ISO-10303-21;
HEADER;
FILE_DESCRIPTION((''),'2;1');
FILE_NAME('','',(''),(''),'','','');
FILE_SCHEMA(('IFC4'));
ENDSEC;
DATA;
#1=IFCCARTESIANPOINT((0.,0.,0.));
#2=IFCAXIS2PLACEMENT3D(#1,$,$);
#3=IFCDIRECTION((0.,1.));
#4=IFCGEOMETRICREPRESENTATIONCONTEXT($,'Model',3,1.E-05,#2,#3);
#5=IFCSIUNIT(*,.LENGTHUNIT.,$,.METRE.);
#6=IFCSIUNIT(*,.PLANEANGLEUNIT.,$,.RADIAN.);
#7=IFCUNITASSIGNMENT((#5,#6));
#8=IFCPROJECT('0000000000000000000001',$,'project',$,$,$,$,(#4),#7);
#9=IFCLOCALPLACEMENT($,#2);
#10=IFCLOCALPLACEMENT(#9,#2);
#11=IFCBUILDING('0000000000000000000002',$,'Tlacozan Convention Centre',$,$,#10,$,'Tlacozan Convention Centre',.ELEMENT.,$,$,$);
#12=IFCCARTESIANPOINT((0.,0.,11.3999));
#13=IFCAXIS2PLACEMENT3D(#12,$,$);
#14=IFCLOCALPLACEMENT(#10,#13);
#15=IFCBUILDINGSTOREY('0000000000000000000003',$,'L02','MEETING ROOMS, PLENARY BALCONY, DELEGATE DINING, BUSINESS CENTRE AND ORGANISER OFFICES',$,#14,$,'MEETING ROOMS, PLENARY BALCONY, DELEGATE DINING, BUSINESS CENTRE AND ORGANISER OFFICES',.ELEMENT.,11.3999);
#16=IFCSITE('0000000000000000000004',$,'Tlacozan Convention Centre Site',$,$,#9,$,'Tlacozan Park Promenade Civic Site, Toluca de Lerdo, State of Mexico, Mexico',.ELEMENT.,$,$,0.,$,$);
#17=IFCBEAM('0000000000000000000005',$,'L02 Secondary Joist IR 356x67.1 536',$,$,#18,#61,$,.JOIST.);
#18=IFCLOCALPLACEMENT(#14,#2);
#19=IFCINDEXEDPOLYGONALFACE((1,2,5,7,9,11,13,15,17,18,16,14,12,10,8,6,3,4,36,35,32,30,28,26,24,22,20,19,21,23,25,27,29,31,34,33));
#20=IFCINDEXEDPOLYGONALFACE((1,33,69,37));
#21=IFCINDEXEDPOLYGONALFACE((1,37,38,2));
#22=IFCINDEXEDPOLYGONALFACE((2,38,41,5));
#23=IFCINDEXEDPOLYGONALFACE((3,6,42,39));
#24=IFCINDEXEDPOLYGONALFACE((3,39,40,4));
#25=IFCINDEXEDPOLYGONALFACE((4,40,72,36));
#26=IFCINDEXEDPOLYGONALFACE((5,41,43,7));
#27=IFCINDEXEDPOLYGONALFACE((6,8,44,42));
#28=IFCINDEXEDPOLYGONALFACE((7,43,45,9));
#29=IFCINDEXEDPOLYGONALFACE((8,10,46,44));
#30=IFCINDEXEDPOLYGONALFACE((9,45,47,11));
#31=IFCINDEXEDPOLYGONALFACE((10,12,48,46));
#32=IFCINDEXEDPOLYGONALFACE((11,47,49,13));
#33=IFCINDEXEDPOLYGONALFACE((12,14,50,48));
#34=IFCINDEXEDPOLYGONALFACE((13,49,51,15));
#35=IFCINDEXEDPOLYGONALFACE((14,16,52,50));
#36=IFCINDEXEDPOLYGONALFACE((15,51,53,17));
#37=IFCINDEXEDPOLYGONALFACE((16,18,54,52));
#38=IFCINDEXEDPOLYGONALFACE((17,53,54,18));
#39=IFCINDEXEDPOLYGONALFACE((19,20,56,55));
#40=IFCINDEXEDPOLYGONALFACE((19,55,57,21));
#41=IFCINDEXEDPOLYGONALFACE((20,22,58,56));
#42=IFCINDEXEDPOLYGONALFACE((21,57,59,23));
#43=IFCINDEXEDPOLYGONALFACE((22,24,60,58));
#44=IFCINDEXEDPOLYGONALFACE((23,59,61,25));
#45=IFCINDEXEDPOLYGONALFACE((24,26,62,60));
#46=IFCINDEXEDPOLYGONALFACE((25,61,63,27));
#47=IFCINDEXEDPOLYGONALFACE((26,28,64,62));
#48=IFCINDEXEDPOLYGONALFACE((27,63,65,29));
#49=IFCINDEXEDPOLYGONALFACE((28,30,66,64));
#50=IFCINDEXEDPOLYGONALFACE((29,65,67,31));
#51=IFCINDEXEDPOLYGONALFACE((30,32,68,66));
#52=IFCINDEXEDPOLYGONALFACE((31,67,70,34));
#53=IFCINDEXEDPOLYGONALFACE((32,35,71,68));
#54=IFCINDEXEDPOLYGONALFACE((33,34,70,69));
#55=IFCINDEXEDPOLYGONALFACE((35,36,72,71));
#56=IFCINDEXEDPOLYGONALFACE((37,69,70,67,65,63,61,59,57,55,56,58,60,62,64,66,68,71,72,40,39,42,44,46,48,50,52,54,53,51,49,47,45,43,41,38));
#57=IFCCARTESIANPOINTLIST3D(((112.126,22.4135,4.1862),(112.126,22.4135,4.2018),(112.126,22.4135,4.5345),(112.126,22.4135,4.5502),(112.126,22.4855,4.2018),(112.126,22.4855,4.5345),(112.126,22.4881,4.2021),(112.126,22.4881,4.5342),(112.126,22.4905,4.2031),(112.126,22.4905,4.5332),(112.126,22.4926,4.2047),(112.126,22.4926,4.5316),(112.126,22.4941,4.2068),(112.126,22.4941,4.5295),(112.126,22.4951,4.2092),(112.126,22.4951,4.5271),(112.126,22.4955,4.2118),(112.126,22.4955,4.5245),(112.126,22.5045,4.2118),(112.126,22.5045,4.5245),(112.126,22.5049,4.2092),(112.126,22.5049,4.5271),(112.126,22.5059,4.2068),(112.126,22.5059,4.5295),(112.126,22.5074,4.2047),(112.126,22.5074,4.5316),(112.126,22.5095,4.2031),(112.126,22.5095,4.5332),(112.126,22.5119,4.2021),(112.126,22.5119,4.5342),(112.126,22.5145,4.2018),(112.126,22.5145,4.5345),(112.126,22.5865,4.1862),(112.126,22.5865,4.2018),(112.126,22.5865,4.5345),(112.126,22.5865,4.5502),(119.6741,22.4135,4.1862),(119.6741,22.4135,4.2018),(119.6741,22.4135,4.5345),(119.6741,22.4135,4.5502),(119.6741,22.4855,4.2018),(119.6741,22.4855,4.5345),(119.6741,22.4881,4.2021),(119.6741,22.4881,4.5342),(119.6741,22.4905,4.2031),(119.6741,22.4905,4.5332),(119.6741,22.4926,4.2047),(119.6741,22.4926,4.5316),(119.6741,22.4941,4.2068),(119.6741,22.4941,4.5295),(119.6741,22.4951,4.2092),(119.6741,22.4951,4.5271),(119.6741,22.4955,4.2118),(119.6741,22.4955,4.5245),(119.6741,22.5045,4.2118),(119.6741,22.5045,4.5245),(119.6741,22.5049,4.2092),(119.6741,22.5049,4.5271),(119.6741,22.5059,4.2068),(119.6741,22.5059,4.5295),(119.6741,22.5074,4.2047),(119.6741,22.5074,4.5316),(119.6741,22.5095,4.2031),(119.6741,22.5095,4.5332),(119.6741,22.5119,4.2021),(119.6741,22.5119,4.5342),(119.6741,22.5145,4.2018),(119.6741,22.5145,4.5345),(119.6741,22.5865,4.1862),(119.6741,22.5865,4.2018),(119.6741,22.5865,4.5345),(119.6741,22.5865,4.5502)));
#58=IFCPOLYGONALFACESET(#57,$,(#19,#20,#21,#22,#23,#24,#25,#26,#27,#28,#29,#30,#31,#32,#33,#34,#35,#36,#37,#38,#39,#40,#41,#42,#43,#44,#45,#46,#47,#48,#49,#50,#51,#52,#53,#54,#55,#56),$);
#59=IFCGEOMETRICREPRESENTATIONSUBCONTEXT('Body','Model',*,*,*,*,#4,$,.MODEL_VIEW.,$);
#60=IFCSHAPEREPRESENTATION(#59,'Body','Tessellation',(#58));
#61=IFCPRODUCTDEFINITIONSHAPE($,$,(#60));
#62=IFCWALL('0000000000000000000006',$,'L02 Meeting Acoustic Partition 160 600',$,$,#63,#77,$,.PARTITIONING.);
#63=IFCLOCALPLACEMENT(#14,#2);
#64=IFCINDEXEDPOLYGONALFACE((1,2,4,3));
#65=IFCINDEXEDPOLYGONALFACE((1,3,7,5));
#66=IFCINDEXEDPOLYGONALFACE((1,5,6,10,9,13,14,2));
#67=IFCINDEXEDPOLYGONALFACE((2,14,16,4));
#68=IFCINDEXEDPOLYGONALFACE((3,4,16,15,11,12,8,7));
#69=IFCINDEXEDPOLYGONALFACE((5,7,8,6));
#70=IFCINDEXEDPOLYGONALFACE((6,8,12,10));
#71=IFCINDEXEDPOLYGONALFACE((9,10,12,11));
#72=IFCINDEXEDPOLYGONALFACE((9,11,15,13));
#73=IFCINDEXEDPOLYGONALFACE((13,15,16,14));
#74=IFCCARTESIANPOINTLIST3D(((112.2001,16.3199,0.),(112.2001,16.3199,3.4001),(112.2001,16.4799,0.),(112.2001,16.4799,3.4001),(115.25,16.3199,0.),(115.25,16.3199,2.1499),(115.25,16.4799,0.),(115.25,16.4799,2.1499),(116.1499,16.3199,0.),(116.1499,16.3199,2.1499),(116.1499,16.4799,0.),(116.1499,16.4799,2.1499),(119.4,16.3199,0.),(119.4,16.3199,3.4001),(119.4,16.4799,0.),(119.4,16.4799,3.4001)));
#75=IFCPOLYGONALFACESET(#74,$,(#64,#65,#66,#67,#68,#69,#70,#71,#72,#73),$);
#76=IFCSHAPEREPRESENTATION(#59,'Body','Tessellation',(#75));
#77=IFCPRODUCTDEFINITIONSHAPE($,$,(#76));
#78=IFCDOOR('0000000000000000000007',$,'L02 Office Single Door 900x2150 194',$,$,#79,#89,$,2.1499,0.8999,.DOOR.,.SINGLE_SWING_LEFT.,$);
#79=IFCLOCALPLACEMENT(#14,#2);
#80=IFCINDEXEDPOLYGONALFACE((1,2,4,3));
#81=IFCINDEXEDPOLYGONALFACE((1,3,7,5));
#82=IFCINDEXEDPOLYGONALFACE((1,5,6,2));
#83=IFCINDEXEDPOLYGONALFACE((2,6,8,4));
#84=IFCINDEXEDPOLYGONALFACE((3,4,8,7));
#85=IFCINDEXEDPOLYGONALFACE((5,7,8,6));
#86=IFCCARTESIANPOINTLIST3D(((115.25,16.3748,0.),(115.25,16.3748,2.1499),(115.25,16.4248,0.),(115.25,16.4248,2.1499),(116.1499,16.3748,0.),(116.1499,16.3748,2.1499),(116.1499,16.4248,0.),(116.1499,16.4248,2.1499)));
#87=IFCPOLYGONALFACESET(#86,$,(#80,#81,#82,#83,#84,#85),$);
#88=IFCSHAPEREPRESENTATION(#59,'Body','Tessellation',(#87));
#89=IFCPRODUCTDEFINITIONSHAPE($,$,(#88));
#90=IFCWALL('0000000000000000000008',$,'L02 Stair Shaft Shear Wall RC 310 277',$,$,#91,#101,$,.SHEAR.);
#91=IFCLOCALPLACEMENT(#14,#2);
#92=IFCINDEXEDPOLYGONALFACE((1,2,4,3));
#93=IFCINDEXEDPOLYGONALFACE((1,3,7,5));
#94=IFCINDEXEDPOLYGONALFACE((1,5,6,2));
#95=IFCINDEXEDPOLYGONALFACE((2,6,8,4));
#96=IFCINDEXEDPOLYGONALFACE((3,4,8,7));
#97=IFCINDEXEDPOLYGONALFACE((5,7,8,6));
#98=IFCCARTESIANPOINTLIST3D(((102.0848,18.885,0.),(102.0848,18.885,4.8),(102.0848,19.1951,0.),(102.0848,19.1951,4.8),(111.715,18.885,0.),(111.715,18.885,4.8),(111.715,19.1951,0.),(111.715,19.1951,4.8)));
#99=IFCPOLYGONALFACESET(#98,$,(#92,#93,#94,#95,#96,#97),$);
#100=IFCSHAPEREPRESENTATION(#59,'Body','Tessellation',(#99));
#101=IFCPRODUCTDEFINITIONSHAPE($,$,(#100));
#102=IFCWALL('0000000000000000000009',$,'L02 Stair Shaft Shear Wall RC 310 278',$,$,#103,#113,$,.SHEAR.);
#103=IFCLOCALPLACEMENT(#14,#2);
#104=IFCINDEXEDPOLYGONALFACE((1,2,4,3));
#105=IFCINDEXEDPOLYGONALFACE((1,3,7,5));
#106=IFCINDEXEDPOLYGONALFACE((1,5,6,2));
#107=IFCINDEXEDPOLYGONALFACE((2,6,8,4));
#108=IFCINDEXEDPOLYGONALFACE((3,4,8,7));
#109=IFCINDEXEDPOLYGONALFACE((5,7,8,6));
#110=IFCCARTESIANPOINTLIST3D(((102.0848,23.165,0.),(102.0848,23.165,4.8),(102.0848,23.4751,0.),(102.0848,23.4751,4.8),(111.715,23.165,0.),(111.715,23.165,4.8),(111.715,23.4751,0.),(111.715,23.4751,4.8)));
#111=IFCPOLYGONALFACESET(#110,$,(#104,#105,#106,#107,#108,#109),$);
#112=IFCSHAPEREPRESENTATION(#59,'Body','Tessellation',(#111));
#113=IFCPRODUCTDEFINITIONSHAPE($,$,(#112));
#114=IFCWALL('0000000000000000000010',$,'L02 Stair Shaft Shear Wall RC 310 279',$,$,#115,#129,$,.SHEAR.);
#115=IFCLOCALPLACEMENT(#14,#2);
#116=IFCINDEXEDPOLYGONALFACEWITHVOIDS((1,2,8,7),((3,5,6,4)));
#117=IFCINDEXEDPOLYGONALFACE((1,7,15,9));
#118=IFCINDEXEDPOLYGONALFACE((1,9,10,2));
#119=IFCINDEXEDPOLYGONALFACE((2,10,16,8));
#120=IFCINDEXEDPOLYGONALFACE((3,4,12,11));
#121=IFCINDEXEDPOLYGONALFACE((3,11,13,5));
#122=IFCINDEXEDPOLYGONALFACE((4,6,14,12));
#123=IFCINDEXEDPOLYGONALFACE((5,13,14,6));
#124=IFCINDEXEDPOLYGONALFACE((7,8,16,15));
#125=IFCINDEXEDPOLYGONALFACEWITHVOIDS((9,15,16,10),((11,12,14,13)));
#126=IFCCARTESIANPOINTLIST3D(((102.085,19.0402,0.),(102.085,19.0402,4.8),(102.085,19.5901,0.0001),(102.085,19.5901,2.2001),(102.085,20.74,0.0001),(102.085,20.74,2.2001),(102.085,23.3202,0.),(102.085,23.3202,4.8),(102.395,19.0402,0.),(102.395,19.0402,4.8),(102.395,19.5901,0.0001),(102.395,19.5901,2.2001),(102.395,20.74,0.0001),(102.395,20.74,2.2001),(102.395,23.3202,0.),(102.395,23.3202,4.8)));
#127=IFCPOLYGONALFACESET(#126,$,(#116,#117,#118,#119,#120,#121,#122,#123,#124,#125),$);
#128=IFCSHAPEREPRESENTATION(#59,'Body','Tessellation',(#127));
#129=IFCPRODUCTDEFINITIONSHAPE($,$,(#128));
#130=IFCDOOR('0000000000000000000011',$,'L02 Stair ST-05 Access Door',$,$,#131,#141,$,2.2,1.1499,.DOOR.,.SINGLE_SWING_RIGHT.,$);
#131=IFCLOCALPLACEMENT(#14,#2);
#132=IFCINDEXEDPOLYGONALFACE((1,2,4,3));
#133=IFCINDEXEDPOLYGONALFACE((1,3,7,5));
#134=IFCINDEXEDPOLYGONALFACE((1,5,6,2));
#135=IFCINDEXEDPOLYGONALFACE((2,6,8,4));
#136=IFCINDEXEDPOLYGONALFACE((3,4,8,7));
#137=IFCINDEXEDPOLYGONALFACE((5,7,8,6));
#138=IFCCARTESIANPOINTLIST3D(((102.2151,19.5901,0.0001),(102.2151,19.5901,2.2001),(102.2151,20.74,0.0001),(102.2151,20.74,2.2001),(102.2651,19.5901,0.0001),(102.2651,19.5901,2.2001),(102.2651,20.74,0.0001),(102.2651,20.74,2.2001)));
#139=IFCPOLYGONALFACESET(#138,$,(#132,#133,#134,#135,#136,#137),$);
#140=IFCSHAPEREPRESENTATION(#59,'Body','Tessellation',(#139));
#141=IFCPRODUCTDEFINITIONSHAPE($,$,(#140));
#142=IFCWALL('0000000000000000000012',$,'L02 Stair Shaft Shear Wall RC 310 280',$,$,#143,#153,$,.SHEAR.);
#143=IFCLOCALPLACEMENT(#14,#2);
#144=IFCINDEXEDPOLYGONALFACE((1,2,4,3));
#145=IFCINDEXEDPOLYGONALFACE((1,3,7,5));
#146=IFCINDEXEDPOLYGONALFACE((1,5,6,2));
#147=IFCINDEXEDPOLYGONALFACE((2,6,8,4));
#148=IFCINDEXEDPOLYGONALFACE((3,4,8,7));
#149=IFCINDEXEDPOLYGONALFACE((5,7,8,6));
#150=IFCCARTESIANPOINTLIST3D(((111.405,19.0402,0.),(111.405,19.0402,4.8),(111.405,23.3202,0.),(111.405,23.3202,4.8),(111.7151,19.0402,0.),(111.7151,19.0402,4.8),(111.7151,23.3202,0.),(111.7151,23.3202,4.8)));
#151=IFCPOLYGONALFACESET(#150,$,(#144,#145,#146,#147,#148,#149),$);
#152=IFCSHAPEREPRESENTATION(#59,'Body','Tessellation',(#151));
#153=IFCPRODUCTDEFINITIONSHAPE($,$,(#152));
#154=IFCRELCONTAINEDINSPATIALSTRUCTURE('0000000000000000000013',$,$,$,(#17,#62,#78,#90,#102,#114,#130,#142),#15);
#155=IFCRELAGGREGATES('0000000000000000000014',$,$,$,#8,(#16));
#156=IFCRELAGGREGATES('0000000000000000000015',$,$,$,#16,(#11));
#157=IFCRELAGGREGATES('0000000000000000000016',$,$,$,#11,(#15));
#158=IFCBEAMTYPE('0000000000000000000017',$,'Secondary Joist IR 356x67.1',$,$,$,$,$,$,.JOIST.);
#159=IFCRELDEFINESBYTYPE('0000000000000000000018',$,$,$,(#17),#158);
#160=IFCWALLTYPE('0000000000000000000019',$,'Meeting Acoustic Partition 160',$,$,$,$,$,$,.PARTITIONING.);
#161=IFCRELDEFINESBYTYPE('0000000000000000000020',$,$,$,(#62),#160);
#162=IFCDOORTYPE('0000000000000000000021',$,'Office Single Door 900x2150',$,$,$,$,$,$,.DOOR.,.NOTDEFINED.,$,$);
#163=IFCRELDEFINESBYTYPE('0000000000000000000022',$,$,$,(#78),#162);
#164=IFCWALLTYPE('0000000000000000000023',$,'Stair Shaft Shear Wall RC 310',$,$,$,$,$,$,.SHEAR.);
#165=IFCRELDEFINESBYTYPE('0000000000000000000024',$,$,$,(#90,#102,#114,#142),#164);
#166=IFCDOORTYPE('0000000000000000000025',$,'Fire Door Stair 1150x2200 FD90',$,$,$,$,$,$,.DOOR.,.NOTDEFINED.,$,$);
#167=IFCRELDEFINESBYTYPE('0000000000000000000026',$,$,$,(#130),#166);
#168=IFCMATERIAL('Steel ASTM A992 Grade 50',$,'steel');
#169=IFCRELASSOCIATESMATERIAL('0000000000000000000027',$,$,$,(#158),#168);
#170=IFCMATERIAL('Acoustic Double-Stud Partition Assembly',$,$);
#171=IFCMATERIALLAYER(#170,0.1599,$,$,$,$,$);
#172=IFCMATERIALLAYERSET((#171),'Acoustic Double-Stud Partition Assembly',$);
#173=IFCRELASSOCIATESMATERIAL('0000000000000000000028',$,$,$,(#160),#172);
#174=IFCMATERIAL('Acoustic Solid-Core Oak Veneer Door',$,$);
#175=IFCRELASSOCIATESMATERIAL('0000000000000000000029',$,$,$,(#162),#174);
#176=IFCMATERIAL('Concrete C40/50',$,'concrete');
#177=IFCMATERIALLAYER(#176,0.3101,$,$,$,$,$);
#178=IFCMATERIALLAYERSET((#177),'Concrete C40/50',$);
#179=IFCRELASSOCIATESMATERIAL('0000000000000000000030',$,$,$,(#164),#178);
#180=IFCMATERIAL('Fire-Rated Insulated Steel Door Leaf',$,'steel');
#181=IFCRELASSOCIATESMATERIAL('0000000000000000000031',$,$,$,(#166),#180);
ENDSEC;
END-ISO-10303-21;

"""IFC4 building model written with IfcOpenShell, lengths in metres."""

from ifc_helpers import new_model, si_unit, direction, frame, frame_2d, origin, origin_2d, place, context, subcontext, project, spatial, rectangle, i_section, extrude, material, layer, layer_set, material_profile, profile_set, type_object, element, fill, save


model = new_model("IFC4")

# Units and contexts
model_context = context("Model", 3, precision=1e-05, world=origin(), true_north=direction((0.0, 1.0)))
body_context = subcontext(model_context, "Body", "Model", "MODEL_VIEW")
ifc_project = project(units=[si_unit("LENGTHUNIT", "METRE"), si_unit("PLANEANGLEUNIT", "RADIAN")], contexts=[model_context])

# Site, building, storey
site_placement = place(None, origin())
site = spatial("IfcSite", under=ifc_project, at=site_placement, Name="Tlacozan Convention Centre Site", LongName="Tlacozan Park Promenade Civic Site, Toluca de Lerdo, State of Mexico, Mexico", CompositionType="ELEMENT", RefElevation=0.0)
building_placement = place(site_placement, origin())
building = spatial("IfcBuilding", under=site, at=building_placement, Name="Tlacozan Convention Centre", LongName="Tlacozan Convention Centre", CompositionType="ELEMENT")
storey_placement = place(building_placement, frame((0.0, 0.0, 11.3999)))
storey = spatial("IfcBuildingStorey", under=building, at=storey_placement, Name="L02", Description="MEETING ROOMS, PLENARY BALCONY, DELEGATE DINING, BUSINESS CENTRE AND ORGANISER OFFICES", LongName="MEETING ROOMS, PLENARY BALCONY, DELEGATE DINING, BUSINESS CENTRE AND ORGANISER OFFICES", CompositionType="ELEMENT", Elevation=11.3999)

# Shared definitions
ifc_material_1 = material(Name="Concrete C40/50", Category="concrete")

# Beam
ifc_material_2 = material(Name="Steel ASTM A992 Grade 50", Category="steel")
ifc_material_profile_1 = material_profile(ifc_material_2, i_section(OverallWidth=0.1731, OverallDepth=0.364, WebThickness=0.009, FlangeThickness=0.0156, FilletRadius=0.01, at=origin_2d()), Name="IR 356x67.1")
ifc_profile_set_1 = profile_set([ifc_material_profile_1], Name="Steel ASTM A992 Grade 50")
beam_type_1 = type_object("IfcBeamType", Name="Secondary Joist IR 356x67.1", PredefinedType="JOIST", material=ifc_profile_set_1)
for number, where, z_axis, x_axis, name in (
    (1, (112.126, 22.5, 4.3682), (1.0, 0.0, 0.0), (0.0, 1.0, 0.0), "L02 Secondary Joist IR 356x67.1 536"),
):
    element("IfcBeam", number, at=place(storey_placement, frame(where, z_axis=z_axis, x_axis=x_axis)), inside=storey, type_object=beam_type_1, Name=name, PredefinedType="JOIST", context=body_context, shape_type="SweptSolid", body=[
        extrude(i_section(OverallWidth=0.1731, OverallDepth=0.364, WebThickness=0.009, FlangeThickness=0.0156, FilletRadius=0.01, at=origin_2d()), origin(), (0.0, 0.0, 1.0), 7.5481),
    ])

# Wall, opening, door
ifc_material_3 = material(Name="Acoustic Double-Stud Partition Assembly")
ifc_layer_1 = layer(ifc_material_3, 0.1599)
ifc_layer_set_1 = layer_set([ifc_layer_1], Name="Acoustic Double-Stud Partition Assembly")
wall_type_1 = type_object("IfcWallType", Name="Meeting Acoustic Partition 160", PredefinedType="PARTITIONING", material=ifc_layer_set_1)
wall_1_placement = place(storey_placement, frame((112.2, 16.3999, 0.0), z_axis=(0.0, 0.0, 1.0), x_axis=(1.0, 0.0, 0.0)))
wall_1 = element("IfcWall", 2, at=wall_1_placement, inside=storey, type_object=wall_type_1, Name="L02 Meeting Acoustic Partition 160 600", PredefinedType="PARTITIONING", context=body_context, shape_type="SweptSolid", body=[
    extrude(rectangle(XDim=7.2, YDim=0.1599, at=frame_2d((3.6001, 0.0))), origin(), (0.0, 0.0, 1.0), 3.4001),
])
opening_1_placement = place(wall_1_placement, frame((3.05, 0.0, 0.0)))
opening_1 = element("IfcOpeningElement", 3, at=opening_1_placement, cuts=wall_1, PredefinedType="OPENING", context=body_context, shape_type="SweptSolid", body=[
    extrude(rectangle(XDim=0.8999, YDim=2.1499, at=frame_2d((0.45, 1.075))), frame((0.0, 0.0898, 0.0), z_axis=(0.0, -1.0, 0.0), x_axis=(1.0, 0.0, 0.0)), (0.0, 0.0, 1.0), 0.1799),
])
ifc_material_4 = material(Name="Acoustic Solid-Core Oak Veneer Door")
door_type_1 = type_object("IfcDoorType", Name="Office Single Door 900x2150", OperationType="NOTDEFINED", PredefinedType="DOOR", material=ifc_material_4)
door_1_placement = place(opening_1_placement, origin())
door_1 = element("IfcDoor", 4, at=door_1_placement, inside=storey, type_object=door_type_1, Name="L02 Office Single Door 900x2150 194", OperationType="SINGLE_SWING_LEFT", OverallHeight=2.1499, OverallWidth=0.8999, PredefinedType="DOOR", context=body_context, shape_type="SweptSolid", body=[
    extrude(rectangle(XDim=0.8999, YDim=2.1499, at=frame_2d((0.45, 1.075))), frame((0.0, 0.0249, 0.0), z_axis=(0.0, -1.0, 0.0), x_axis=(1.0, 0.0, 0.0)), (0.0, 0.0, 1.0), 0.05),
])
fill(opening_1, door_1)

# Walls
ifc_layer_2 = layer(ifc_material_1, 0.3101)
ifc_layer_set_2 = layer_set([ifc_layer_2], Name="Concrete C40/50")
wall_type_2 = type_object("IfcWallType", Name="Stair Shaft Shear Wall RC 310", PredefinedType="SHEAR", material=ifc_layer_set_2)
for number, where, z_axis, x_axis, name in (
    (5, (102.085, 19.04, 0.0), (0.0, 0.0, 1.0), (1.0, 0.0, 0.0), "L02 Stair Shaft Shear Wall RC 310 277"),
    (6, (102.085, 23.3201, 0.0), (0.0, 0.0, 1.0), (1.0, 0.0, 0.0), "L02 Stair Shaft Shear Wall RC 310 278"),
):
    element("IfcWall", number, at=place(storey_placement, frame(where, z_axis=z_axis, x_axis=x_axis)), inside=storey, type_object=wall_type_2, Name=name, PredefinedType="SHEAR", context=body_context, shape_type="SweptSolid", body=[
        extrude(rectangle(XDim=9.6301, YDim=0.3101, at=frame_2d((4.8149, 0.0))), origin(), (0.0, 0.0, 1.0), 4.8),
    ])

# Wall, opening, door
wall_2_placement = place(storey_placement, frame((102.24, 19.04, 0.0), z_axis=(0.0, 0.0, 1.0), x_axis=(0.0, 1.0, 0.0)))
wall_2 = element("IfcWall", 7, at=wall_2_placement, inside=storey, type_object=wall_type_2, Name="L02 Stair Shaft Shear Wall RC 310 279", PredefinedType="SHEAR", context=body_context, shape_type="SweptSolid", body=[
    extrude(rectangle(XDim=4.28, YDim=0.3101, at=frame_2d((2.1401, 0.0))), origin(), (0.0, 0.0, 1.0), 4.8),
])
opening_2_placement = place(wall_2_placement, frame((0.55, 0.0, 0.0)))
opening_2 = element("IfcOpeningElement", 8, at=opening_2_placement, cuts=wall_2, PredefinedType="OPENING", context=body_context, shape_type="SweptSolid", body=[
    extrude(rectangle(XDim=1.1499, YDim=2.2, at=frame_2d((0.575, 1.1001))), frame((0.0, 0.165, 0.0), z_axis=(0.0, -1.0, 0.0), x_axis=(1.0, 0.0, 0.0)), (0.0, 0.0, 1.0), 0.3301),
])
ifc_material_5 = material(Name="Fire-Rated Insulated Steel Door Leaf", Category="steel")
door_type_2 = type_object("IfcDoorType", Name="Fire Door Stair 1150x2200 FD90", OperationType="NOTDEFINED", PredefinedType="DOOR", material=ifc_material_5)
door_2_placement = place(opening_2_placement, origin())
door_2 = element("IfcDoor", 9, at=door_2_placement, inside=storey, type_object=door_type_2, Name="L02 Stair ST-05 Access Door", OperationType="SINGLE_SWING_RIGHT", OverallHeight=2.2, OverallWidth=1.1499, PredefinedType="DOOR", context=body_context, shape_type="SweptSolid", body=[
    extrude(rectangle(XDim=1.1499, YDim=2.2, at=frame_2d((0.575, 1.1001))), frame((0.0, 0.0249, 0.0), z_axis=(0.0, -1.0, 0.0), x_axis=(1.0, 0.0, 0.0)), (0.0, 0.0, 1.0), 0.05),
])
fill(opening_2, door_2)

# Wall
wall_3_placement = place(storey_placement, frame((111.5601, 19.04, 0.0), z_axis=(0.0, 0.0, 1.0), x_axis=(0.0, 1.0, 0.0)))
element("IfcWall", 10, at=wall_3_placement, inside=storey, type_object=wall_type_2, Name="L02 Stair Shaft Shear Wall RC 310 280", PredefinedType="SHEAR", context=body_context, shape_type="SweptSolid", body=[
    extrude(rectangle(XDim=4.28, YDim=0.3101, at=frame_2d((2.1401, 0.0))), origin(), (0.0, 0.0, 1.0), 4.8),
])

save(model, "model.ifc")
